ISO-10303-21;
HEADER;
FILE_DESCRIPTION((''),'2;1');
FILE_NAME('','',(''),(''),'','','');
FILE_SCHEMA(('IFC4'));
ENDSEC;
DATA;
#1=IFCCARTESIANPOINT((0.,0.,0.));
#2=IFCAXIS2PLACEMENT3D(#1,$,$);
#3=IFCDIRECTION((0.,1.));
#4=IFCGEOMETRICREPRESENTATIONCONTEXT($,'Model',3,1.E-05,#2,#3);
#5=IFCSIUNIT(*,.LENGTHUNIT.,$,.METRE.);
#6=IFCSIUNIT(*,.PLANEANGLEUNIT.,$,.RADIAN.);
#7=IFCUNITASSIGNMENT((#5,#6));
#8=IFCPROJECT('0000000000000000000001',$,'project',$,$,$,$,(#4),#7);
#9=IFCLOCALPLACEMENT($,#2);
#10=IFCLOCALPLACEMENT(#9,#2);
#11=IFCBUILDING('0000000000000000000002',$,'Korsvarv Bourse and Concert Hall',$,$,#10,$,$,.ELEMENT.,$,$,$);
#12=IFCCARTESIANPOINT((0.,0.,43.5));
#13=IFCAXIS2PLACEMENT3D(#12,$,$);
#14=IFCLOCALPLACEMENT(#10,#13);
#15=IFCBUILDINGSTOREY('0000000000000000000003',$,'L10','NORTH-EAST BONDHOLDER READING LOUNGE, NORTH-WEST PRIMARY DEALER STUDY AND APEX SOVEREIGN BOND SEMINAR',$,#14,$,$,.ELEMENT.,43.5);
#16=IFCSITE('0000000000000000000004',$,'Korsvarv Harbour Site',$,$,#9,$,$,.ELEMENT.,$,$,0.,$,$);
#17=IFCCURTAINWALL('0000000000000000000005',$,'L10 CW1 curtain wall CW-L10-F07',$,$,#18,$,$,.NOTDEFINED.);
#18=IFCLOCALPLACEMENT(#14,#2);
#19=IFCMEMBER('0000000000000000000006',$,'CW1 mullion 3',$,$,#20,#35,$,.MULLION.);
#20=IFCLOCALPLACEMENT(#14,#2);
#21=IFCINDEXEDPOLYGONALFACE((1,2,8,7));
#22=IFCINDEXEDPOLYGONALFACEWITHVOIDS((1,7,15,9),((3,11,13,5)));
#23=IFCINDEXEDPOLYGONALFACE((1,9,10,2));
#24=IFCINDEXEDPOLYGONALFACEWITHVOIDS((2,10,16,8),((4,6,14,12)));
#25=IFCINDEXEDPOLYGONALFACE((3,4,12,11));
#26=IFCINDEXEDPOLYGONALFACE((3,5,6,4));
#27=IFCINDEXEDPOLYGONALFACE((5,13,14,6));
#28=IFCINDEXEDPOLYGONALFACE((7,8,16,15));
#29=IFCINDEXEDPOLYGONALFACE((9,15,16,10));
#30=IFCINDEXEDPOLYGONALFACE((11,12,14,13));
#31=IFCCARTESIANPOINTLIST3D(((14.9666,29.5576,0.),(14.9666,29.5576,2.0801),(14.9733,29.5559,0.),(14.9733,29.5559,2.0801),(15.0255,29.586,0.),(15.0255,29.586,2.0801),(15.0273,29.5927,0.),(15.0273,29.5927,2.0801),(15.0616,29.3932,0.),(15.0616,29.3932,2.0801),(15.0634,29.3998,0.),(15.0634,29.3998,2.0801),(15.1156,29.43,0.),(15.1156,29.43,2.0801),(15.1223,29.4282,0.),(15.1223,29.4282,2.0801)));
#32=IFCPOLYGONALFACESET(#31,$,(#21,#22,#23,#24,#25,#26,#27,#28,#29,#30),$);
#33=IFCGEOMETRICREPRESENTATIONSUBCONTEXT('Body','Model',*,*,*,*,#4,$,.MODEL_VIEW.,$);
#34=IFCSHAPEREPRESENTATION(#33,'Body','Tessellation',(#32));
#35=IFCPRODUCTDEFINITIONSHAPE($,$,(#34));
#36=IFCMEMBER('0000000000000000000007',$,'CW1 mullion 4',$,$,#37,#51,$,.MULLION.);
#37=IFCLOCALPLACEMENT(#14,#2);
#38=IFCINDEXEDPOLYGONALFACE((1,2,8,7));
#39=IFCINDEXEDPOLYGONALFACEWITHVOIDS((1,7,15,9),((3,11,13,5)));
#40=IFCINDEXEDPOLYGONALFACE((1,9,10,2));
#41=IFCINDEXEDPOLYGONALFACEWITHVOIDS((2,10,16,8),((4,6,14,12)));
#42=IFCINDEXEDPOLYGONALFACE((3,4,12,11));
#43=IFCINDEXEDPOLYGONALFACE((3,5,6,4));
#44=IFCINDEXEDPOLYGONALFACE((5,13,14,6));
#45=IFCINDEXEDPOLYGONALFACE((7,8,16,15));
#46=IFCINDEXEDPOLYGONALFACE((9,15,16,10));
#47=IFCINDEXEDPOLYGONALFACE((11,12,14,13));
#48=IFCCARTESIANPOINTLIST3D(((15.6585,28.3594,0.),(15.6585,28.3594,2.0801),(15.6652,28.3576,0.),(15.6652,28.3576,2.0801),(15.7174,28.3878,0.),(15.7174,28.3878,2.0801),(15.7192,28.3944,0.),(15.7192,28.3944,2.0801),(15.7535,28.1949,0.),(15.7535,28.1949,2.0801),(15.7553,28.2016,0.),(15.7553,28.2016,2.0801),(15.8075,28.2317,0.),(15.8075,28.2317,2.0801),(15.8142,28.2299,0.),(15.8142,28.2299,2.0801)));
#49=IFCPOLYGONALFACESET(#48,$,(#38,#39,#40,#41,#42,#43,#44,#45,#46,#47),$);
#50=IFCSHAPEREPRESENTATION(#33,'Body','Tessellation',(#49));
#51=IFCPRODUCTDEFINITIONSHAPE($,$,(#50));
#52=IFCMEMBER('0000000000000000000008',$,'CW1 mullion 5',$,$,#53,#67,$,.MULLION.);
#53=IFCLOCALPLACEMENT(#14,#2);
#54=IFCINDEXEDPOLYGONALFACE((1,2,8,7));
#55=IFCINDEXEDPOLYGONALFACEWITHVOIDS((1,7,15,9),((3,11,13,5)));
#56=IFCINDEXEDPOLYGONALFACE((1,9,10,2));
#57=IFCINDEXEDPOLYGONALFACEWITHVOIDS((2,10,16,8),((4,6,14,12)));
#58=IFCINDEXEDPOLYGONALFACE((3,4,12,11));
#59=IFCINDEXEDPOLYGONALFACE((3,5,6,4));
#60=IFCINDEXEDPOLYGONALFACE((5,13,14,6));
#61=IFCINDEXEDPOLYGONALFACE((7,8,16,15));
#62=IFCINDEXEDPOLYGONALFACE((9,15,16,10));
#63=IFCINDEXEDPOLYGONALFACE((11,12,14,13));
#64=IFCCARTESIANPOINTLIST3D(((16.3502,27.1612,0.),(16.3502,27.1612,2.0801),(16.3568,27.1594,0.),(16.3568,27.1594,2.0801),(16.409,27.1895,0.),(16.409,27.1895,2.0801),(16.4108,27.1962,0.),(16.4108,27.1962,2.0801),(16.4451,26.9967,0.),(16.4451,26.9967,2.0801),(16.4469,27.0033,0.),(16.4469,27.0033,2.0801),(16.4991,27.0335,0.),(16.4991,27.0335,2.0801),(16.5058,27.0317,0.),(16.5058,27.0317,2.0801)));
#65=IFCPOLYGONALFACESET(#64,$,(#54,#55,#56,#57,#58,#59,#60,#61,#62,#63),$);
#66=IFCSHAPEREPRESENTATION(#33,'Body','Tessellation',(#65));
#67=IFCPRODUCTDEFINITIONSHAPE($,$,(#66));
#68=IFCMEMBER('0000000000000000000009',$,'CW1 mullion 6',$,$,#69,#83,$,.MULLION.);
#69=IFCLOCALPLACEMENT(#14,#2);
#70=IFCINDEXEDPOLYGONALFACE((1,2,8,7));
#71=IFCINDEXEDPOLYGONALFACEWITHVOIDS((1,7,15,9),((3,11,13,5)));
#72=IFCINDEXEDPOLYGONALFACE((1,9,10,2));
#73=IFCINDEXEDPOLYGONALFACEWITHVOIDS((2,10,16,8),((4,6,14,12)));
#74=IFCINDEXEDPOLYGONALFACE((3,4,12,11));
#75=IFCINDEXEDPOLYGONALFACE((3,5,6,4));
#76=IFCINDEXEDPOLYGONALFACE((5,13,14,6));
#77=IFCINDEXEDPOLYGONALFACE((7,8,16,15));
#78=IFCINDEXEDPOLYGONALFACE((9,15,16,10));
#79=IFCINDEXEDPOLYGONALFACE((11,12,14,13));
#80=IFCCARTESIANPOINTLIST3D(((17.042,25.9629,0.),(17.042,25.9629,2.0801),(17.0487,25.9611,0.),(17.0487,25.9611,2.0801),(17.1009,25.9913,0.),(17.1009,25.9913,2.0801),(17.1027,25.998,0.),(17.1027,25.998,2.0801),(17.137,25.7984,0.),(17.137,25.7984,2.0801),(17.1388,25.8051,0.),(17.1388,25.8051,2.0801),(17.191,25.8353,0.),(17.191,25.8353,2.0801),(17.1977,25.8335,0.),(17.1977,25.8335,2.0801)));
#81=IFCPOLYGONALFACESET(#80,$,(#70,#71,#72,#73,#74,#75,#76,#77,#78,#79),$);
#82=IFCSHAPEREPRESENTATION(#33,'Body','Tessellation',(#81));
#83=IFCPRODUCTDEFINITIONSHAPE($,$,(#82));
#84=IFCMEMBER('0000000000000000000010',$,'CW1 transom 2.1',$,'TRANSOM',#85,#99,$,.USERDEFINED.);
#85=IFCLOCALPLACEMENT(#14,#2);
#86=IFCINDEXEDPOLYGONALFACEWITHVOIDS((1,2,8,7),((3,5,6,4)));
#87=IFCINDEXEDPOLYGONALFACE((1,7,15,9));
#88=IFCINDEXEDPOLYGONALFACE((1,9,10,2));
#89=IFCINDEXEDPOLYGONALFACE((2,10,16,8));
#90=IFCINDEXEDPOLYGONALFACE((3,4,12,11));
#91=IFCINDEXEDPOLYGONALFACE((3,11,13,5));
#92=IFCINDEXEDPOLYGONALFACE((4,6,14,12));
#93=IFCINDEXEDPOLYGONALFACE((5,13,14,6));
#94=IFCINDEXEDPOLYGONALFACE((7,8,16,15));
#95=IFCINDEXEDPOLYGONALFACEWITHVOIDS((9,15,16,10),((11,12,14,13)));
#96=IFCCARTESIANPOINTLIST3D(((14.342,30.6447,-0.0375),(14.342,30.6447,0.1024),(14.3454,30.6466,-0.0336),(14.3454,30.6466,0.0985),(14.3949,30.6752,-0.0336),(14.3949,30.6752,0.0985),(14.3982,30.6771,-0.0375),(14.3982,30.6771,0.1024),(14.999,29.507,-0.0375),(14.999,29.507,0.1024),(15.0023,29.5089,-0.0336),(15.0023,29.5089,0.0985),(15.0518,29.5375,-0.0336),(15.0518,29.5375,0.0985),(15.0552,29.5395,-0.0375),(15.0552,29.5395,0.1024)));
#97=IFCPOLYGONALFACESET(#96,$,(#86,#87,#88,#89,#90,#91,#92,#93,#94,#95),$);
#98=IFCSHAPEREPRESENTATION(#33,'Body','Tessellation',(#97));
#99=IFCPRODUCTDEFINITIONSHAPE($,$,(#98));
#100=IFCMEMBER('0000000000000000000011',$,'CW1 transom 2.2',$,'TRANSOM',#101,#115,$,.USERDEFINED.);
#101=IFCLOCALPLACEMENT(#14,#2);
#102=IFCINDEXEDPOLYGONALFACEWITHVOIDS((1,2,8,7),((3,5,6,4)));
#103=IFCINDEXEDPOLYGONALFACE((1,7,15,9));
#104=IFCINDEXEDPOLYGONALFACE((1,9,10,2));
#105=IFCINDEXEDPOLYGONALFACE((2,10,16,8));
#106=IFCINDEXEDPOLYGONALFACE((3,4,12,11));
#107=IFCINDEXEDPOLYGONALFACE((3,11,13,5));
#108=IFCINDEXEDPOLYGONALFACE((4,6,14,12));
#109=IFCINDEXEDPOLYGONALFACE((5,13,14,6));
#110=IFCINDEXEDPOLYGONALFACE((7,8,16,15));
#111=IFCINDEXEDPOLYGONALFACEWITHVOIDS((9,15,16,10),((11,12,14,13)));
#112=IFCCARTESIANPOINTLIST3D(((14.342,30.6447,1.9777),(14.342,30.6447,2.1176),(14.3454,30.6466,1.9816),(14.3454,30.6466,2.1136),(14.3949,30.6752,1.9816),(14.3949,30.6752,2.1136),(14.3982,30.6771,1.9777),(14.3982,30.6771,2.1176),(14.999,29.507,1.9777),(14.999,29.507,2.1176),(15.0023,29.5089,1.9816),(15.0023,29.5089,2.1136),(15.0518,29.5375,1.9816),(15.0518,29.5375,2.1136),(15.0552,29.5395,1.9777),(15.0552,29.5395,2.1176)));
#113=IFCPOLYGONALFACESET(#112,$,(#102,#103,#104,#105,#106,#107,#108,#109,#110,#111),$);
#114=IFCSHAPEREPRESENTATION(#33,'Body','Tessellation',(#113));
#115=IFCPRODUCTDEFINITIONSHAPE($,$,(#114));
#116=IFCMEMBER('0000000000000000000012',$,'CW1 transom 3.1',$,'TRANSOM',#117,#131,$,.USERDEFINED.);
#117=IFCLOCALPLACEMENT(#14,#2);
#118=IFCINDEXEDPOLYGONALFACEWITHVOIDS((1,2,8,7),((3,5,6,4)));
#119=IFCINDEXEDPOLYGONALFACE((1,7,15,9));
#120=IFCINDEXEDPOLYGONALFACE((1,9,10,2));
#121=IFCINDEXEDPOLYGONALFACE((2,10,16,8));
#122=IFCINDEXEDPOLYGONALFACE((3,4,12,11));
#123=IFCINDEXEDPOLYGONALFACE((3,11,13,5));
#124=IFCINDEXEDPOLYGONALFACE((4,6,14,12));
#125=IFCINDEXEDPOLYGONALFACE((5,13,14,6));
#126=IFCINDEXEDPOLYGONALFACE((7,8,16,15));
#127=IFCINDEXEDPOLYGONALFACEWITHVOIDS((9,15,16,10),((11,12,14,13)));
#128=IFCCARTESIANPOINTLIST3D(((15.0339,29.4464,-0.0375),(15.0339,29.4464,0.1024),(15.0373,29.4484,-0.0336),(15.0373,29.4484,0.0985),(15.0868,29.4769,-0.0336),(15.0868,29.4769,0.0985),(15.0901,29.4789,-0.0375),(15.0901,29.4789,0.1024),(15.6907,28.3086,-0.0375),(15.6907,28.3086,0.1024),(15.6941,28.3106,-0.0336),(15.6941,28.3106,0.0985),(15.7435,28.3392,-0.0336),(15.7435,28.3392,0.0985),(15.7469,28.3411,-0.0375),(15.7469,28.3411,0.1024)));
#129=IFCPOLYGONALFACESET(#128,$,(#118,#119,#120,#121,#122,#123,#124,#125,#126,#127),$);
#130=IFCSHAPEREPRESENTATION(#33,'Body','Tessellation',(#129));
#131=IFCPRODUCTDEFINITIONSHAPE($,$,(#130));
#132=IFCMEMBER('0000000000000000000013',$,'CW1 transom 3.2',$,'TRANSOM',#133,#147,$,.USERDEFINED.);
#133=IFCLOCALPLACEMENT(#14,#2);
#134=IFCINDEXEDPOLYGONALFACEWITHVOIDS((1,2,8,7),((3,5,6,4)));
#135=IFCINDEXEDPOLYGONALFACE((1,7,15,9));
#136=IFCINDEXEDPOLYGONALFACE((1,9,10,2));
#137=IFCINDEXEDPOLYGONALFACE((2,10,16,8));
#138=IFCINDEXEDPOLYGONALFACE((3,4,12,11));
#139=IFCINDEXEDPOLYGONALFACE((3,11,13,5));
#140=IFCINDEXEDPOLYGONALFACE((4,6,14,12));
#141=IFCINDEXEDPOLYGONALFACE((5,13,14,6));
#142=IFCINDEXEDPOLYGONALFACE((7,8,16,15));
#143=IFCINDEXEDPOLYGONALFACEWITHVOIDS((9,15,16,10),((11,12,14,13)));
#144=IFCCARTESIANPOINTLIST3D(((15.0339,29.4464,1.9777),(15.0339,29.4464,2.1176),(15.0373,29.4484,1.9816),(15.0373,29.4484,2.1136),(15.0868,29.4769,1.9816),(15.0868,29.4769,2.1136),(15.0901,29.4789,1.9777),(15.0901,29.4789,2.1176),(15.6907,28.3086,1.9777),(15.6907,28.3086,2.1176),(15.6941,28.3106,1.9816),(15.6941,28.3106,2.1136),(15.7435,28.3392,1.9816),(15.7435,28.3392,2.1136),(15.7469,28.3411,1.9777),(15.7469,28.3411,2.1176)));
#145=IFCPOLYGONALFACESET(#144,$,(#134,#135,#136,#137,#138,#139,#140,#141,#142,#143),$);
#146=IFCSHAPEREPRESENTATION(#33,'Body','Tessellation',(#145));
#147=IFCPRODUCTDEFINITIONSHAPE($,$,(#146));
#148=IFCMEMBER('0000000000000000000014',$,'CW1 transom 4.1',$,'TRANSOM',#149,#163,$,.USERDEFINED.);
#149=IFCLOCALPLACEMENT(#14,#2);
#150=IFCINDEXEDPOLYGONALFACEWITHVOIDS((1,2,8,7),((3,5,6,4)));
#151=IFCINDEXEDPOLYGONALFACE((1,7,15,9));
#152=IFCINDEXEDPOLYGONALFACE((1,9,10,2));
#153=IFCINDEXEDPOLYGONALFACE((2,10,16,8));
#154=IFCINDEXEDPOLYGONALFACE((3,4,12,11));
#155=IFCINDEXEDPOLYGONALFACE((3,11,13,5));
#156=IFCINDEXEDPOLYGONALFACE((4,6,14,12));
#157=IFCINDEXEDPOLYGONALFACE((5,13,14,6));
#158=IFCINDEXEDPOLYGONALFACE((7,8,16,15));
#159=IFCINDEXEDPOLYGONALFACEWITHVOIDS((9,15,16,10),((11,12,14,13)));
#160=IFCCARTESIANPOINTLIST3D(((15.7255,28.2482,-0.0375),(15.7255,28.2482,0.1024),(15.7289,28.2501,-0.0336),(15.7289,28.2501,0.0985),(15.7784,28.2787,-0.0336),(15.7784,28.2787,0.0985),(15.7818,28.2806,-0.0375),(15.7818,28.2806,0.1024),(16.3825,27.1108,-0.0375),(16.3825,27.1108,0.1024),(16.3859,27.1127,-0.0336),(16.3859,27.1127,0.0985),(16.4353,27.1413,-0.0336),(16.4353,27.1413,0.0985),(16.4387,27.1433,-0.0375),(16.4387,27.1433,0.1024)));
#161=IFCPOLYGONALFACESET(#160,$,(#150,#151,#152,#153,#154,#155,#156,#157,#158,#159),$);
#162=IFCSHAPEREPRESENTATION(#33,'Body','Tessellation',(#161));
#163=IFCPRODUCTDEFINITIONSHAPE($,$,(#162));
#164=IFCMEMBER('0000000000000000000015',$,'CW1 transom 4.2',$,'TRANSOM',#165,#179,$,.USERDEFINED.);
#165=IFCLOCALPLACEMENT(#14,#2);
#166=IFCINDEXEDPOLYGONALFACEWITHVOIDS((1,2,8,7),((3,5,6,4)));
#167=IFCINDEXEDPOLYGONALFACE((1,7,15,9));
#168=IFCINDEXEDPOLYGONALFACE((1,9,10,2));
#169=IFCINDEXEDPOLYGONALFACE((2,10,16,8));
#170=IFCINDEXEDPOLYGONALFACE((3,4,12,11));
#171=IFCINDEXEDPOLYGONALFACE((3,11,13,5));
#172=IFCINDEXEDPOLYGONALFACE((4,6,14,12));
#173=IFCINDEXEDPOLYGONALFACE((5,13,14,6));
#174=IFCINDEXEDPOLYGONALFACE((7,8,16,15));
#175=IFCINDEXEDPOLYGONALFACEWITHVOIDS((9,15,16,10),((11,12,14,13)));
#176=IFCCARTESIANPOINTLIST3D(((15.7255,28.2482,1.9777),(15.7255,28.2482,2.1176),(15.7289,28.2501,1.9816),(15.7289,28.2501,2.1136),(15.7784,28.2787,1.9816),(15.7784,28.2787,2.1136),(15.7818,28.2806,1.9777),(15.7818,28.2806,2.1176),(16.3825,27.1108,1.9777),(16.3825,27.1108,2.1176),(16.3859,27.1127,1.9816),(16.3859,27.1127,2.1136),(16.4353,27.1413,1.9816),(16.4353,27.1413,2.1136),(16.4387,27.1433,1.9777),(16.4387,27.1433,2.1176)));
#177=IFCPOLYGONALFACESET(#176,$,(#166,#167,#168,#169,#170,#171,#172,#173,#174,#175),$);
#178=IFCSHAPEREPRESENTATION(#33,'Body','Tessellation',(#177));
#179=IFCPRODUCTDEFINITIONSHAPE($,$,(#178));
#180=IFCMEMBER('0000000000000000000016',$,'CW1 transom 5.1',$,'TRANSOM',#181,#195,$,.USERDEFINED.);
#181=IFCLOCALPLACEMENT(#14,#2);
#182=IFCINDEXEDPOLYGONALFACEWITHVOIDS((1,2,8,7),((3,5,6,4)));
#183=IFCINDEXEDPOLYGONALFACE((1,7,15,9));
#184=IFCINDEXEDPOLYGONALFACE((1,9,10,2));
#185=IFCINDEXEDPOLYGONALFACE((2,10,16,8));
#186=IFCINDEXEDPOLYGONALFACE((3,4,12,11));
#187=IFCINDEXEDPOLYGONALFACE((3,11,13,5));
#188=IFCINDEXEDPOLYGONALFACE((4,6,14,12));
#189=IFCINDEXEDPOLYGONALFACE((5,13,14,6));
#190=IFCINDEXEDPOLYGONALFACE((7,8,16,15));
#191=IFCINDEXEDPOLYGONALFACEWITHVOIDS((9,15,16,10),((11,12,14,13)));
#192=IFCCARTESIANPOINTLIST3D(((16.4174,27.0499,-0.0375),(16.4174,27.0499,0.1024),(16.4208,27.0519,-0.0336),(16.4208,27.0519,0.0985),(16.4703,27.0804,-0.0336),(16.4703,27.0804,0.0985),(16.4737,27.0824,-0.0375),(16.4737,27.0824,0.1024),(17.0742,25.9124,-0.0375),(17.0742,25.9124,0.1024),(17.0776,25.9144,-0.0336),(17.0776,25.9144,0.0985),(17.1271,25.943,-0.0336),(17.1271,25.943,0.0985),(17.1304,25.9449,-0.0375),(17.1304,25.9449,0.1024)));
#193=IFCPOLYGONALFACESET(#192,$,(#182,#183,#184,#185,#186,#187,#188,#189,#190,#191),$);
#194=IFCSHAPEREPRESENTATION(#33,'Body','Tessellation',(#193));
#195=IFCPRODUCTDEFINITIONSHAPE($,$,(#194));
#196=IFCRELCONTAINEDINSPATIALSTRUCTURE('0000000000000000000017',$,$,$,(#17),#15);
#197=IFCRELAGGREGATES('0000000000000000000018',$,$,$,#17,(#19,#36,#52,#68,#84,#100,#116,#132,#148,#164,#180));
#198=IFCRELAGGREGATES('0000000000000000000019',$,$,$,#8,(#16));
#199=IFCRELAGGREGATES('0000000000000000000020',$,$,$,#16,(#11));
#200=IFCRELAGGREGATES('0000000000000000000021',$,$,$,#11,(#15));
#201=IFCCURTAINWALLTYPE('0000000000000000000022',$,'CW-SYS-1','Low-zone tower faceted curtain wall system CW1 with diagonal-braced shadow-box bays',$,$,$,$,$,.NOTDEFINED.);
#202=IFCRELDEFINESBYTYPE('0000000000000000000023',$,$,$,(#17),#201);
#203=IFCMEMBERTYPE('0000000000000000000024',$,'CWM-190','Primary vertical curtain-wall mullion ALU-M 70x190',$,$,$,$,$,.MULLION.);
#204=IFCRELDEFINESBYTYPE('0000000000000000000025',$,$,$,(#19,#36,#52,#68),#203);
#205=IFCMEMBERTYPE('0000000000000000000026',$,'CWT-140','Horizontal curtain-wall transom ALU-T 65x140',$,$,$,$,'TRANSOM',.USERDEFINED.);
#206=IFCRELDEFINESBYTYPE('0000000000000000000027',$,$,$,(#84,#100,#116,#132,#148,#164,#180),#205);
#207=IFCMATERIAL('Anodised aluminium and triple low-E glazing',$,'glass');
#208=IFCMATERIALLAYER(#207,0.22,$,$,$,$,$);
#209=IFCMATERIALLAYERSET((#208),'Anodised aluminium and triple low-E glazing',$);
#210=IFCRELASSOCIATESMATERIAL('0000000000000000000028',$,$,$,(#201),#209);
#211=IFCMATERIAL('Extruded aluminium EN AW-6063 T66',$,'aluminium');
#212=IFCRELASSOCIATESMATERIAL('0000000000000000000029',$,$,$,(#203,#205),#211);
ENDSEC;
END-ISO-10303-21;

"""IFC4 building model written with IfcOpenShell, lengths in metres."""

from ifc_helpers import new_model, si_unit, direction, frame, origin, origin_2d, place, context, subcontext, project, spatial, hollow_rectangle, extrude, source, transform, mapped, material, layer, layer_set, material_profile, profile_set, type_object, element, aggregate, save


model = new_model("IFC4")

# Units and contexts
model_context = context("Model", 3, precision=1e-05, world=origin(), true_north=direction((0.0, 1.0)))
body_context = subcontext(model_context, "Body", "Model", "MODEL_VIEW")
ifc_project = project(units=[si_unit("LENGTHUNIT", "METRE"), si_unit("PLANEANGLEUNIT", "RADIAN")], contexts=[model_context])

# Site, building, storey
site_placement = place(None, origin())
site = spatial("IfcSite", under=ifc_project, at=site_placement, Name="Korsvarv Harbour Site", CompositionType="ELEMENT", RefElevation=0.0)
building_placement = place(site_placement, origin())
building = spatial("IfcBuilding", under=site, at=building_placement, Name="Korsvarv Bourse and Concert Hall", CompositionType="ELEMENT")
storey_placement = place(building_placement, frame((0.0, 0.0, 43.5)))
storey = spatial("IfcBuildingStorey", under=building, at=storey_placement, Name="L10", Description="NORTH-EAST BONDHOLDER READING LOUNGE, NORTH-WEST PRIMARY DEALER STUDY AND APEX SOVEREIGN BOND SEMINAR", CompositionType="ELEMENT", Elevation=43.5)

# Curtain wall, members
ifc_material_1 = material(Name="Anodised aluminium and triple low-E glazing", Category="glass")
ifc_layer_1 = layer(ifc_material_1, 0.22)
ifc_layer_set_1 = layer_set([ifc_layer_1], Name="Anodised aluminium and triple low-E glazing")
curtain_wall_type = type_object("IfcCurtainWallType", Name="CW-SYS-1", Description="Low-zone tower faceted curtain wall system CW1 with diagonal-braced shadow-box bays", PredefinedType="NOTDEFINED", material=ifc_layer_set_1)
curtain_wall_placement = place(storey_placement, origin())
curtain_wall = element("IfcCurtainWall", 1, at=curtain_wall_placement, inside=storey, type_object=curtain_wall_type, Name="L10 CW1 curtain wall CW-L10-F07", PredefinedType="NOTDEFINED")
ifc_material_2 = material(Name="Extruded aluminium EN AW-6063 T66", Category="aluminium")
ifc_material_profile_1 = material_profile(ifc_material_2, hollow_rectangle(XDim=0.0701, YDim=0.1899, WallThickness=0.0049, at=origin_2d()), Name="ALU-M 70x190")
ifc_profile_set_1 = profile_set([ifc_material_profile_1], Name="Extruded aluminium EN AW-6063 T66")
member_type_1 = type_object("IfcMemberType", Name="CWM-190", Description="Primary vertical curtain-wall mullion ALU-M 70x190", PredefinedType="MULLION", material=ifc_profile_set_1)
shared_shape_1 = source(origin(), body_context, "Body", "SweptSolid", [
    extrude(hollow_rectangle(XDim=0.0701, YDim=0.1899, WallThickness=0.0049, at=origin_2d()), origin(), (0.0, 0.0, 1.0), 2.0801),
])
member_1_placement = place(storey_placement, frame((15.0444, 29.4929, 0.0), z_axis=(0.0, 0.0, 1.0), x_axis=(0.866026, 0.5, 0.0)))
member_1 = element("IfcMember", 2, at=member_1_placement, type_object=member_type_1, Name="CW1 mullion 3", PredefinedType="MULLION", context=body_context, shape_type="MappedRepresentation", body=[
    mapped(shared_shape_1, transform((0.0, 0.0, 0.0), scale=1.0)),
])
member_2_placement = place(storey_placement, frame((15.7363, 28.2947, 0.0), z_axis=(0.0, 0.0, 1.0), x_axis=(0.866026, 0.5, 0.0)))
member_2 = element("IfcMember", 3, at=member_2_placement, type_object=member_type_1, Name="CW1 mullion 4", PredefinedType="MULLION", context=body_context, shape_type="MappedRepresentation", body=[
    mapped(shared_shape_1, transform((0.0, 0.0, 0.0), scale=1.0)),
])
member_3_placement = place(storey_placement, frame((16.428, 27.0964, 0.0), z_axis=(0.0, 0.0, 1.0), x_axis=(0.866026, 0.5, 0.0)))
member_3 = element("IfcMember", 4, at=member_3_placement, type_object=member_type_1, Name="CW1 mullion 5", PredefinedType="MULLION", context=body_context, shape_type="MappedRepresentation", body=[
    mapped(shared_shape_1, transform((0.0, 0.0, 0.0), scale=1.0)),
])
member_4_placement = place(storey_placement, frame((17.1199, 25.8982, 0.0), z_axis=(0.0, 0.0, 1.0), x_axis=(0.866026, 0.5, 0.0)))
member_4 = element("IfcMember", 5, at=member_4_placement, type_object=member_type_1, Name="CW1 mullion 6", PredefinedType="MULLION", context=body_context, shape_type="MappedRepresentation", body=[
    mapped(shared_shape_1, transform((0.0, 0.0, 0.0), scale=1.0)),
])
ifc_material_profile_2 = material_profile(ifc_material_2, hollow_rectangle(XDim=0.0649, YDim=0.1399, WallThickness=0.0039, at=origin_2d()), Name="ALU-T 65x140")
ifc_profile_set_2 = profile_set([ifc_material_profile_2], Name="Extruded aluminium EN AW-6063 T66")
member_type_2 = type_object("IfcMemberType", Name="CWT-140", Description="Horizontal curtain-wall transom ALU-T 65x140", ElementType="TRANSOM", PredefinedType="USERDEFINED", material=ifc_profile_set_2)
shared_shape_2 = source(origin(), body_context, "Body", "SweptSolid", [
    extrude(hollow_rectangle(XDim=0.0649, YDim=0.1399, WallThickness=0.0039, at=origin_2d()), origin(), (0.0, 0.0, 1.0), 1.3137),
])
member_5_placement = place(storey_placement, frame((14.3701, 30.6609, 0.0325), z_axis=(0.500076, -0.865981, 0.0), x_axis=(0.865981, 0.500076, 0.0)))
member_5 = element("IfcMember", 6, at=member_5_placement, type_object=member_type_2, Name="CW1 transom 2.1", ObjectType="TRANSOM", PredefinedType="USERDEFINED", context=body_context, shape_type="MappedRepresentation", body=[
    mapped(shared_shape_2, transform((0.0, 0.0, 0.0), scale=1.0)),
])
member_6_placement = place(storey_placement, frame((14.3701, 30.6609, 2.0476), z_axis=(0.500076, -0.865981, 0.0), x_axis=(0.865981, 0.500076, 0.0)))
member_6 = element("IfcMember", 7, at=member_6_placement, type_object=member_type_2, Name="CW1 transom 2.2", ObjectType="TRANSOM", PredefinedType="USERDEFINED", context=body_context, shape_type="MappedRepresentation", body=[
    mapped(shared_shape_2, transform((0.0, 0.0, 0.0), scale=1.0)),
])
member_7_placement = place(storey_placement, frame((15.062, 29.4626, 0.0325), z_axis=(0.499937, -0.866062, 0.0), x_axis=(0.866062, 0.499937, 0.0)))
member_7 = element("IfcMember", 8, at=member_7_placement, type_object=member_type_2, Name="CW1 transom 3.1", ObjectType="TRANSOM", PredefinedType="USERDEFINED", context=body_context, shape_type="MappedRepresentation", body=[
    mapped(shared_shape_2, transform((0.0, 0.0, 0.0), scale=1.0)),
])
member_8_placement = place(storey_placement, frame((15.062, 29.4626, 2.0476), z_axis=(0.499937, -0.866062, 0.0), x_axis=(0.866062, 0.499937, 0.0)))
member_8 = element("IfcMember", 9, at=member_8_placement, type_object=member_type_2, Name="CW1 transom 3.2", ObjectType="TRANSOM", PredefinedType="USERDEFINED", context=body_context, shape_type="MappedRepresentation", body=[
    mapped(shared_shape_2, transform((0.0, 0.0, 0.0), scale=1.0)),
])
shared_shape_3 = source(origin(), body_context, "Body", "SweptSolid", [
    extrude(hollow_rectangle(XDim=0.0649, YDim=0.1399, WallThickness=0.0039, at=origin_2d()), origin(), (0.0, 0.0, 1.0), 1.3135),
])
member_9_placement = place(storey_placement, frame((15.7537, 28.2644, 0.0325), z_axis=(0.500157, -0.865935, 0.0), x_axis=(0.865935, 0.500157, 0.0)))
member_9 = element("IfcMember", 10, at=member_9_placement, type_object=member_type_2, Name="CW1 transom 4.1", ObjectType="TRANSOM", PredefinedType="USERDEFINED", context=body_context, shape_type="MappedRepresentation", body=[
    mapped(shared_shape_3, transform((0.0, 0.0, 0.0), scale=1.0)),
])
member_10_placement = place(storey_placement, frame((15.7537, 28.2644, 2.0476), z_axis=(0.500157, -0.865935, 0.0), x_axis=(0.865935, 0.500157, 0.0)))
member_10 = element("IfcMember", 11, at=member_10_placement, type_object=member_type_2, Name="CW1 transom 4.2", ObjectType="TRANSOM", PredefinedType="USERDEFINED", context=body_context, shape_type="MappedRepresentation", body=[
    mapped(shared_shape_3, transform((0.0, 0.0, 0.0), scale=1.0)),
])
member_11_placement = place(storey_placement, frame((16.4456, 27.0662, 0.0325), z_axis=(0.500017, -0.866015, 0.0), x_axis=(0.866015, 0.500017, 0.0)))
member_11 = element("IfcMember", 12, at=member_11_placement, type_object=member_type_2, Name="CW1 transom 5.1", ObjectType="TRANSOM", PredefinedType="USERDEFINED", context=body_context, shape_type="MappedRepresentation", body=[
    mapped(shared_shape_3, transform((0.0, 0.0, 0.0), scale=1.0)),
])
aggregate(curtain_wall, [member_1, member_2, member_3, member_4, member_5, member_6, member_7, member_8, member_9, member_10, member_11])

save(model, "model.ifc")
